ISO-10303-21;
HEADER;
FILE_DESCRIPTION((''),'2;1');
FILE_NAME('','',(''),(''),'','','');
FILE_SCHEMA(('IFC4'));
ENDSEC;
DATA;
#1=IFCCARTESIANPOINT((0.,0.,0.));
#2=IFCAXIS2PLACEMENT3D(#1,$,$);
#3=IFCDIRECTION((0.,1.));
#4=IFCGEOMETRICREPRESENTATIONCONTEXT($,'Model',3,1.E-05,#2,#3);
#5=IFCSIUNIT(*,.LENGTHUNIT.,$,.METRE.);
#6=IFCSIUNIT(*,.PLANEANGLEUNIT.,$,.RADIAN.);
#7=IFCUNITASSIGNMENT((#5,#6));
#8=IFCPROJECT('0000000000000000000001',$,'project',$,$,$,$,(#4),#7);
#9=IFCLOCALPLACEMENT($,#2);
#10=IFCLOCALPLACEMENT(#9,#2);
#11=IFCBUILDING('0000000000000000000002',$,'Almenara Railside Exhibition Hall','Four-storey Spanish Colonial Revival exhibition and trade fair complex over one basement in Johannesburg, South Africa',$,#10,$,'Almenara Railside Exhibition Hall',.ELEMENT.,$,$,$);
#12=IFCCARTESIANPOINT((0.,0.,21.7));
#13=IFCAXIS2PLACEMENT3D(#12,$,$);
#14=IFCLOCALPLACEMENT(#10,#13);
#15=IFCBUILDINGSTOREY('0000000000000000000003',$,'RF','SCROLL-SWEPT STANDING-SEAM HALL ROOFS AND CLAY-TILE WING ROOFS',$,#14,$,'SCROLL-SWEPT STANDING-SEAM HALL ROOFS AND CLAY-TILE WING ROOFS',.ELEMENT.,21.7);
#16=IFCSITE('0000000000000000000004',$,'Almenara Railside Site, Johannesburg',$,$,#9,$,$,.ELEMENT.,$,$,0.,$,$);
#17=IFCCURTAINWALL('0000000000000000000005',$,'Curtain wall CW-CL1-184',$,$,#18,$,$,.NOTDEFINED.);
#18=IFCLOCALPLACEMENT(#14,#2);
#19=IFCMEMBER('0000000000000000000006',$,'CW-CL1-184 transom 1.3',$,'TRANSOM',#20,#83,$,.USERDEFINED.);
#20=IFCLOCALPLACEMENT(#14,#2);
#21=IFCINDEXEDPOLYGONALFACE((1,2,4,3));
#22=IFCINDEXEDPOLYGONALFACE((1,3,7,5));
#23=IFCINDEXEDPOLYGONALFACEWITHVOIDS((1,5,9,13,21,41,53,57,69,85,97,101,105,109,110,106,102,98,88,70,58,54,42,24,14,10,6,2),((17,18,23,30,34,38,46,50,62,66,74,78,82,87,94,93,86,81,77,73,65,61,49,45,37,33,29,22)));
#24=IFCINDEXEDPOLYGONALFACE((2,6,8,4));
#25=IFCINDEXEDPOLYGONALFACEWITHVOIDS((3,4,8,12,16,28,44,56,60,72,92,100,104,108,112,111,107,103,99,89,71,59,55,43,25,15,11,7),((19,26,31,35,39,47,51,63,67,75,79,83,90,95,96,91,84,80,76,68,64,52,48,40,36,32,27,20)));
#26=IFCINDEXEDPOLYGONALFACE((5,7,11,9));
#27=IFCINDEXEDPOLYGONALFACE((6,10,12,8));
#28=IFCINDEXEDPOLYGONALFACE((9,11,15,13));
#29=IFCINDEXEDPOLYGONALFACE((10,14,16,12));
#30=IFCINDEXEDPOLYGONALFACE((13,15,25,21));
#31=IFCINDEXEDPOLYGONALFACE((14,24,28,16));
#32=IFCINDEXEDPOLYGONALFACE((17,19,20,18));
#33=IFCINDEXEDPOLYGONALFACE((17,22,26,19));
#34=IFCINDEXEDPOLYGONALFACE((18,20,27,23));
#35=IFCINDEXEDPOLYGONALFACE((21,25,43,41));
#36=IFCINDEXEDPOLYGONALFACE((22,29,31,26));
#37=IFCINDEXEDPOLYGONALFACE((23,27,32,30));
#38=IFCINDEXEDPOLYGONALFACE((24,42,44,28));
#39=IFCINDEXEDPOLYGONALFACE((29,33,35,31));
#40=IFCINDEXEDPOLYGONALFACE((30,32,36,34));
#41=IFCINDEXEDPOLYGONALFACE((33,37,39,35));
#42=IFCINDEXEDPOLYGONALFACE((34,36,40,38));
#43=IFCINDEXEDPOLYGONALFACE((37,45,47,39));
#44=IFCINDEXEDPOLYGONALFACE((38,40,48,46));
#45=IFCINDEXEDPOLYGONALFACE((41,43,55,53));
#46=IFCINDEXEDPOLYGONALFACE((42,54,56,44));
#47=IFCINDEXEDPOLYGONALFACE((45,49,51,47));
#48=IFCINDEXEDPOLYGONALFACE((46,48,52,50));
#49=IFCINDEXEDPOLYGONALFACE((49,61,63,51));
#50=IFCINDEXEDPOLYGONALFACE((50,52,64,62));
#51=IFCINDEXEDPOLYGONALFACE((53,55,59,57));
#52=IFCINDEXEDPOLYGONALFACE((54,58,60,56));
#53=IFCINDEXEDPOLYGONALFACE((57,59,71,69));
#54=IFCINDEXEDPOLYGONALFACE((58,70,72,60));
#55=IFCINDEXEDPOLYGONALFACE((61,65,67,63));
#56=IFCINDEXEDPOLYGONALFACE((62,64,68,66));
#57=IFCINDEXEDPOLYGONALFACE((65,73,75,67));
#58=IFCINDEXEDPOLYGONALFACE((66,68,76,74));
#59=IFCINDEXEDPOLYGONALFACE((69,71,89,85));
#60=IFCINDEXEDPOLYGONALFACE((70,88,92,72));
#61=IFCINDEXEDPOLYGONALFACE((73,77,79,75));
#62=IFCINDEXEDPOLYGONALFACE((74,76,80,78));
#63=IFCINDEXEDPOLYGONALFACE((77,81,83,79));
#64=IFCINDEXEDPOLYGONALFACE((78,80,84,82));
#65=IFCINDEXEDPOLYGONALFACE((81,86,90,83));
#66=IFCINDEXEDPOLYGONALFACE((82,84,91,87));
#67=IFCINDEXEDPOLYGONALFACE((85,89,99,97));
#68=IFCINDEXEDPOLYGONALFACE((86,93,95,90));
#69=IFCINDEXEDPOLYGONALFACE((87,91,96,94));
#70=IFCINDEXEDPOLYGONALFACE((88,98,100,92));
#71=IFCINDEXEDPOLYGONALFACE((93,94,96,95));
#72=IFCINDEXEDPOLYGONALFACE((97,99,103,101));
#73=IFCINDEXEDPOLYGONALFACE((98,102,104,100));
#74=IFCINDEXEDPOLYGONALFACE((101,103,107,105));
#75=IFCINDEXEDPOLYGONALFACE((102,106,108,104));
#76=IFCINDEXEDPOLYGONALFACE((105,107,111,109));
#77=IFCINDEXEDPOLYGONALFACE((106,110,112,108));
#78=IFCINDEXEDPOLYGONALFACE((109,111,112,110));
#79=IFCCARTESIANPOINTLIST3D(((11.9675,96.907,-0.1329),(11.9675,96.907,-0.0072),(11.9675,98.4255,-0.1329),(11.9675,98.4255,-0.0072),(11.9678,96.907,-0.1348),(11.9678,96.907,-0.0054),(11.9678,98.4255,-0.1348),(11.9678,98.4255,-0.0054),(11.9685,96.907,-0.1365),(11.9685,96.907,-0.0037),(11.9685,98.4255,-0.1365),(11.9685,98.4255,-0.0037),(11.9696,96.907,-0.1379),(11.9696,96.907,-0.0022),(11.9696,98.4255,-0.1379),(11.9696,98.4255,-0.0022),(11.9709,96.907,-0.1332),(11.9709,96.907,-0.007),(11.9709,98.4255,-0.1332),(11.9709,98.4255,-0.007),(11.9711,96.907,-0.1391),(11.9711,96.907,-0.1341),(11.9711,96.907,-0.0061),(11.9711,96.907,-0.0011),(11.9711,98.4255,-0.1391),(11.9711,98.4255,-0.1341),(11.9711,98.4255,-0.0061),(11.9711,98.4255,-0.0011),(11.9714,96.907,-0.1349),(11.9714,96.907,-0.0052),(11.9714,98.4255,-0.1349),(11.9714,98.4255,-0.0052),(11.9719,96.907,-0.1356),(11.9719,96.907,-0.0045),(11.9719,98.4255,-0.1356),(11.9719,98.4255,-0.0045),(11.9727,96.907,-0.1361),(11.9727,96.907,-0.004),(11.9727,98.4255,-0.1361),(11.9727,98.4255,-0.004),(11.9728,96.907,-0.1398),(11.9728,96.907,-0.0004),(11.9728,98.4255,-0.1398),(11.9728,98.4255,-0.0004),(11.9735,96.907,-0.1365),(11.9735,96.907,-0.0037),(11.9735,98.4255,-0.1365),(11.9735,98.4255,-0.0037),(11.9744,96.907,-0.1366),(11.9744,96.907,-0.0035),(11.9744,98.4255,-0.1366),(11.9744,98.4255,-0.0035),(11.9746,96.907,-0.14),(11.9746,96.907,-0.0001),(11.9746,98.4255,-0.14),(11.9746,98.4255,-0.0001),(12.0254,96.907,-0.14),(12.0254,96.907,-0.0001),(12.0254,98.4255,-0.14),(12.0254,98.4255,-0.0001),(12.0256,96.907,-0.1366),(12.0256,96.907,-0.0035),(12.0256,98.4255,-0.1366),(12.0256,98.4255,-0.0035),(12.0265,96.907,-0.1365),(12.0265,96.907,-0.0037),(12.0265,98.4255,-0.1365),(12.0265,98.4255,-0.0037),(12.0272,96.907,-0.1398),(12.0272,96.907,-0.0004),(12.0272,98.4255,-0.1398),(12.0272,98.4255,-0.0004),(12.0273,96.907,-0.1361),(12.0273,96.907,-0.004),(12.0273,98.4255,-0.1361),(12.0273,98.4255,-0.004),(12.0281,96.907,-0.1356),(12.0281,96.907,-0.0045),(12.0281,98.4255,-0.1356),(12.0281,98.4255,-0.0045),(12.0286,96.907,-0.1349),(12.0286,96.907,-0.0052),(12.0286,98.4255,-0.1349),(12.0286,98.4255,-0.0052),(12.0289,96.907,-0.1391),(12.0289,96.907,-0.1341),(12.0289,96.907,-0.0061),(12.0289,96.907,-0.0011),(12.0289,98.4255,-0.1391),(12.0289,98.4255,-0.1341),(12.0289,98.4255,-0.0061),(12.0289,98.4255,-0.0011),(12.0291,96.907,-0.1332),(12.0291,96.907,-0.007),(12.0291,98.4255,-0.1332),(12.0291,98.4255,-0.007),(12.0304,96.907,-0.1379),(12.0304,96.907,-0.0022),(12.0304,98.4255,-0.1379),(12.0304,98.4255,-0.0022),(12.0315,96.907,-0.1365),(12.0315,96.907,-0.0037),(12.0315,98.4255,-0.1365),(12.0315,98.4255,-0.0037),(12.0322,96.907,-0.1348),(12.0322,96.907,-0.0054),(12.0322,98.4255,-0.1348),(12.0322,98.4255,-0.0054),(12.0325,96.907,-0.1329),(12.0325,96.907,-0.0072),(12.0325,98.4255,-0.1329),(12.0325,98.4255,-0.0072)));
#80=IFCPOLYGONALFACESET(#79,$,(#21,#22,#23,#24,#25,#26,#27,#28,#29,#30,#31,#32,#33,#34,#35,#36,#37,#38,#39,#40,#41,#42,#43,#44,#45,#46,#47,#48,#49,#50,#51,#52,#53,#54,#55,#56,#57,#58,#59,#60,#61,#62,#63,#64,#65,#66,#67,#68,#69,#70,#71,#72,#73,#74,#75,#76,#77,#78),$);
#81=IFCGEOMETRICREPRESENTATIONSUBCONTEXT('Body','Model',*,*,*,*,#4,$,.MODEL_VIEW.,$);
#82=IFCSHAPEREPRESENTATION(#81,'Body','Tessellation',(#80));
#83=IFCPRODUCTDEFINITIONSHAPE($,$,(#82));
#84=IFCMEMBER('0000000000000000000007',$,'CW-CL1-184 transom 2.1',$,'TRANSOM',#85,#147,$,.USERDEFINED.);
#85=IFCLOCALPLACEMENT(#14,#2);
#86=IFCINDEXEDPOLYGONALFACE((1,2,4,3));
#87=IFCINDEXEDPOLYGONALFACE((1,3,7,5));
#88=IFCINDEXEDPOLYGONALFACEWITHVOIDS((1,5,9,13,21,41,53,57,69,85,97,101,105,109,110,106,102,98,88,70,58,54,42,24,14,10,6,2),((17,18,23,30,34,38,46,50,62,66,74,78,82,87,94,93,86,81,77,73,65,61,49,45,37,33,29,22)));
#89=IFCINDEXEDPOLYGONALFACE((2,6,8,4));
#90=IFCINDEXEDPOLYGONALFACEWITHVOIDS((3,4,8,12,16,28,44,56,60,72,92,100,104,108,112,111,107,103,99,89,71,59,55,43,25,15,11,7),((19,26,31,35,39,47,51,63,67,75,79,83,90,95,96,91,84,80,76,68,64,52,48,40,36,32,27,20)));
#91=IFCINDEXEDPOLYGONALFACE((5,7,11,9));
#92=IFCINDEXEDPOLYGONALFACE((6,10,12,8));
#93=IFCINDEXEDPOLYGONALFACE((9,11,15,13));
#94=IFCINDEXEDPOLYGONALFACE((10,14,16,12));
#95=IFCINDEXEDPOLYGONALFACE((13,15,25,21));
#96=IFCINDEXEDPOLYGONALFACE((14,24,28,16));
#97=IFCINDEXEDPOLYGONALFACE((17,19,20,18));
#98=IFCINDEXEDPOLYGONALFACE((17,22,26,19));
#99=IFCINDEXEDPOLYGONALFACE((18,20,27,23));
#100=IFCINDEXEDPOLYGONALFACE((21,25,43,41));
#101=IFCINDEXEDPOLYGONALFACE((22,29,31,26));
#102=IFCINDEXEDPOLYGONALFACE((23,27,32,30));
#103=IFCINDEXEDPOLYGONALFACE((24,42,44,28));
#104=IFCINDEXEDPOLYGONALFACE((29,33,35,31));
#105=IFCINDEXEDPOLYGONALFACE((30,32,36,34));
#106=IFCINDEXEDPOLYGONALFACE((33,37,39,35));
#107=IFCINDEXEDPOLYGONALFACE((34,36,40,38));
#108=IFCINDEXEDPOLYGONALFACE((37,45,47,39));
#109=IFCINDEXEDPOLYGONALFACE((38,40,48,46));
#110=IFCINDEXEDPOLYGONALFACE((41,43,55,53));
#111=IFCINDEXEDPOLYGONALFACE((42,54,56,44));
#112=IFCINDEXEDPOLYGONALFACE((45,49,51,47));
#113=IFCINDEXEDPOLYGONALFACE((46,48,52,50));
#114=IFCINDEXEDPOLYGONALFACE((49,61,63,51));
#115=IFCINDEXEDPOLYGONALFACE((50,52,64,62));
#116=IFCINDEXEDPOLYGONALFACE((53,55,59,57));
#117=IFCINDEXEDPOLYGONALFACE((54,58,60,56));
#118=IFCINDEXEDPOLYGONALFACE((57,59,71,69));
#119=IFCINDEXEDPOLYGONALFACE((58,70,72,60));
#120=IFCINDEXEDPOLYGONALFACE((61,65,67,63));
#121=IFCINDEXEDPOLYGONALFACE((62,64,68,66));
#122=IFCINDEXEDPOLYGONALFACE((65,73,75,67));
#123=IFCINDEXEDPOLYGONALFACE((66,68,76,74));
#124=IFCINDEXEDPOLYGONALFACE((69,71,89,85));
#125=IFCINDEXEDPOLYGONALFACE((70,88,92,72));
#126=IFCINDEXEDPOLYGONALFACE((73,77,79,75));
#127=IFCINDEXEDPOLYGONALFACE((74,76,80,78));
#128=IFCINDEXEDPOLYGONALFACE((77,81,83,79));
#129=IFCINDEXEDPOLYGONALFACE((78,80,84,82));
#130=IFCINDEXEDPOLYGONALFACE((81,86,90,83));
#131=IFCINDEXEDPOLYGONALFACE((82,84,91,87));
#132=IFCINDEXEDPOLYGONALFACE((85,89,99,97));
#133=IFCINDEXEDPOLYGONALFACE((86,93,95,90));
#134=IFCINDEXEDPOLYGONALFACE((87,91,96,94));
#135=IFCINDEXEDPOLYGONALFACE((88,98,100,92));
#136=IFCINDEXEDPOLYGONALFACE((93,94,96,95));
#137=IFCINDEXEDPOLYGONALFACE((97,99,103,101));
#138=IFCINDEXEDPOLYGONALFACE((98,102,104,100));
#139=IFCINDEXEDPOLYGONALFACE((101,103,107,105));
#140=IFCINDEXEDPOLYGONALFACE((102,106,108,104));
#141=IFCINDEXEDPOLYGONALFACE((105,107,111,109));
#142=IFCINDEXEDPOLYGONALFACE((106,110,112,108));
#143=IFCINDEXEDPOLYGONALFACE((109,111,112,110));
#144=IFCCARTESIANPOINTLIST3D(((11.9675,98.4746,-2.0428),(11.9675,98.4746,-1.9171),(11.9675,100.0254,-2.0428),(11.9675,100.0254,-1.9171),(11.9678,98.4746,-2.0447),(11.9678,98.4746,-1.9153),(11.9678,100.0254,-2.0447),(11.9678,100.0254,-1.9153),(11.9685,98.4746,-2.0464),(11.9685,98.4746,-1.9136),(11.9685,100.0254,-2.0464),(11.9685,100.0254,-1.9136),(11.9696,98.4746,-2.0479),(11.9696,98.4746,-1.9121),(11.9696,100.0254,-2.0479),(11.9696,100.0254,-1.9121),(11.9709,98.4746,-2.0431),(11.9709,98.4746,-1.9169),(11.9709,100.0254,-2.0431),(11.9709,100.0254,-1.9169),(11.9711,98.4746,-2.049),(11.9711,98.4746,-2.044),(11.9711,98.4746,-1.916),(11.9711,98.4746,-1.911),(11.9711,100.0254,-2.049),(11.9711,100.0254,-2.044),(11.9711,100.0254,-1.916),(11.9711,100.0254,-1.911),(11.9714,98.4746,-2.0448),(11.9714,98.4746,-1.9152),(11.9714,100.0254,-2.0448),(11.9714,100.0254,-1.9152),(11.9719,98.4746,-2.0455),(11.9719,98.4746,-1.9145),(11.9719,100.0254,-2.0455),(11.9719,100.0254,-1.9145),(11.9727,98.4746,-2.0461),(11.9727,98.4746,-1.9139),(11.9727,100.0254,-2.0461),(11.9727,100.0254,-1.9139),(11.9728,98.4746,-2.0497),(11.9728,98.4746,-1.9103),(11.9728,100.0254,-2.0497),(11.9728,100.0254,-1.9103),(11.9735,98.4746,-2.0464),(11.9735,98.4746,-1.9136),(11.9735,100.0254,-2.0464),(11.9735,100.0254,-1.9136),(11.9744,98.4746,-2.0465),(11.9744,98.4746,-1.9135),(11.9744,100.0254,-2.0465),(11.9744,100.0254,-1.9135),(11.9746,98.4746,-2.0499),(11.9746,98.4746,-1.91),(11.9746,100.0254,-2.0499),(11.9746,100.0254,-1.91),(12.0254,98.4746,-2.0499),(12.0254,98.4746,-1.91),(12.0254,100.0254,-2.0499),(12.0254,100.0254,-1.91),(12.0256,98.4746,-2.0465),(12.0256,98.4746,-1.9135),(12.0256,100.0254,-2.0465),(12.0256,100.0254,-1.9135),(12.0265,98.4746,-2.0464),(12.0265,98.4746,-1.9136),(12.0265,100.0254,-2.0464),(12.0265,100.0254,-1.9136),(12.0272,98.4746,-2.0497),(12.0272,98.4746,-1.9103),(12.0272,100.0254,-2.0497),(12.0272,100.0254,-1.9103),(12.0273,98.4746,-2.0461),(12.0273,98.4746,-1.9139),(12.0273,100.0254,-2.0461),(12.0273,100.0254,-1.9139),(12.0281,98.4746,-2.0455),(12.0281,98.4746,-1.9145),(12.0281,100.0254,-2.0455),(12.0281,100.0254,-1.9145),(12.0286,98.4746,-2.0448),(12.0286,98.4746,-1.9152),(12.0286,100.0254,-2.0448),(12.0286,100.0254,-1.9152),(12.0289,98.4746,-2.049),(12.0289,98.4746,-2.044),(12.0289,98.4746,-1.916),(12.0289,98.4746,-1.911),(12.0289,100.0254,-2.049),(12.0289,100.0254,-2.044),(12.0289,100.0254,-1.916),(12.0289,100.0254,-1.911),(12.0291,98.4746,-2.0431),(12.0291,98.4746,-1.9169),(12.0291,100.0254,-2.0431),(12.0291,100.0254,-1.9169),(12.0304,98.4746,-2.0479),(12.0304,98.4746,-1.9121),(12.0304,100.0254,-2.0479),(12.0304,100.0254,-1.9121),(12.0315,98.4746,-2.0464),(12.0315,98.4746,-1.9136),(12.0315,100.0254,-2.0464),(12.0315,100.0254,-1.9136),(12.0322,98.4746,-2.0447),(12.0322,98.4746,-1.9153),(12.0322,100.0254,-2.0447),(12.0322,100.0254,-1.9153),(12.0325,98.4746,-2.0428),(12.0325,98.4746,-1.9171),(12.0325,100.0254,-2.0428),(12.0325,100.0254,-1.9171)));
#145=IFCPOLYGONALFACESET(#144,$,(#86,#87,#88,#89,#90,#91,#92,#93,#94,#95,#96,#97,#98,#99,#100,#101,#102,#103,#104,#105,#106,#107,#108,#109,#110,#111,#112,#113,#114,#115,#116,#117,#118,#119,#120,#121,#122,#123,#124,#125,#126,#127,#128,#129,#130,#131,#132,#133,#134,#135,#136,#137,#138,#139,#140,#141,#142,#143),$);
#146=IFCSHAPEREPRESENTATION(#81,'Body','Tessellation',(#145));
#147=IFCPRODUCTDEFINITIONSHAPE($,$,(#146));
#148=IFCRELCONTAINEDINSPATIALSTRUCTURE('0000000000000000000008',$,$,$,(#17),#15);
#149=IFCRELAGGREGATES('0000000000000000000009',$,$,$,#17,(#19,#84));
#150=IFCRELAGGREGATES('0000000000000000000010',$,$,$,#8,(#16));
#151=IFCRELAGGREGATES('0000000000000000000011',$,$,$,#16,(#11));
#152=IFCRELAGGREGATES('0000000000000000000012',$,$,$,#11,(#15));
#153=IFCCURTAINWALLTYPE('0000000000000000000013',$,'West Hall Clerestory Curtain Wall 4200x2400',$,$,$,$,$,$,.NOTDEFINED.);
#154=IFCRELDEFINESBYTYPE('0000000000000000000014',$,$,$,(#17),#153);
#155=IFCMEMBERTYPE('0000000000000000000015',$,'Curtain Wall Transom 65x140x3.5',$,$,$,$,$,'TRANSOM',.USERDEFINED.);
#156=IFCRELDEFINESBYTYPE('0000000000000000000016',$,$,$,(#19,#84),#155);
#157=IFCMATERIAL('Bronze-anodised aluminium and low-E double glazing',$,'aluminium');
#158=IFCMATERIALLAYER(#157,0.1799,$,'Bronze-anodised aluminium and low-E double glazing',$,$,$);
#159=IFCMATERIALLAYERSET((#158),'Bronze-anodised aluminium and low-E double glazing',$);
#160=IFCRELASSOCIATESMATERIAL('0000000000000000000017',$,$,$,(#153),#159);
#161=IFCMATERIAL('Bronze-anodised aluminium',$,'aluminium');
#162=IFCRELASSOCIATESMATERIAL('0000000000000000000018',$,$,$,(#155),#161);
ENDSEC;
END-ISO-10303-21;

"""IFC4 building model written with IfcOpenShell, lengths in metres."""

from ifc_helpers import new_model, si_unit, direction, frame, origin, origin_2d, place, context, subcontext, project, spatial, hollow_rectangle, extrude, material, layer, layer_set, material_profile, profile_set, type_object, element, aggregate, save


model = new_model("IFC4")

# Units and contexts
model_context = context("Model", 3, precision=1e-05, world=origin(), true_north=direction((0.0, 1.0)))
body_context = subcontext(model_context, "Body", "Model", "MODEL_VIEW")
ifc_project = project(units=[si_unit("LENGTHUNIT", "METRE"), si_unit("PLANEANGLEUNIT", "RADIAN")], contexts=[model_context])

# Site, building, storey
site_placement = place(None, origin())
site = spatial("IfcSite", under=ifc_project, at=site_placement, Name="Almenara Railside Site, Johannesburg", CompositionType="ELEMENT", RefElevation=0.0)
building_placement = place(site_placement, origin())
building = spatial("IfcBuilding", under=site, at=building_placement, Name="Almenara Railside Exhibition Hall", Description="Four-storey Spanish Colonial Revival exhibition and trade fair complex over one basement in Johannesburg, South Africa", LongName="Almenara Railside Exhibition Hall", CompositionType="ELEMENT")
storey_placement = place(building_placement, frame((0.0, 0.0, 21.7)))
storey = spatial("IfcBuildingStorey", under=building, at=storey_placement, Name="RF", Description="SCROLL-SWEPT STANDING-SEAM HALL ROOFS AND CLAY-TILE WING ROOFS", LongName="SCROLL-SWEPT STANDING-SEAM HALL ROOFS AND CLAY-TILE WING ROOFS", CompositionType="ELEMENT", Elevation=21.7)

# Shared definitions
ifc_material_1 = material(Name="Bronze-anodised aluminium and low-E double glazing", Category="aluminium")
ifc_layer_1 = layer(ifc_material_1, 0.1799, Name="Bronze-anodised aluminium and low-E double glazing")
ifc_layer_set_1 = layer_set([ifc_layer_1], Name="Bronze-anodised aluminium and low-E double glazing")
curtain_wall_type = type_object("IfcCurtainWallType", Name="West Hall Clerestory Curtain Wall 4200x2400", PredefinedType="NOTDEFINED", material=ifc_layer_set_1)
ifc_material_2 = material(Name="Bronze-anodised aluminium", Category="aluminium")

# Curtain wall, members
curtain_wall_1_placement = place(storey_placement, origin())
curtain_wall_1 = element("IfcCurtainWall", 1, at=curtain_wall_1_placement, inside=storey, type_object=curtain_wall_type, Name="Curtain wall CW-CL1-184", PredefinedType="NOTDEFINED")
ifc_material_profile_1 = material_profile(ifc_material_2, hollow_rectangle(XDim=0.0649, YDim=0.1399, WallThickness=0.0034, InnerFilletRadius=0.0034, OuterFilletRadius=0.0071, at=origin_2d()), Name="ALU-TRN 65x140x3.5")
ifc_profile_set_1 = profile_set([ifc_material_profile_1], Name="Bronze-anodised aluminium")
member_type_1 = type_object("IfcMemberType", Name="Curtain Wall Transom 65x140x3.5", ElementType="TRANSOM", PredefinedType="USERDEFINED", material=ifc_profile_set_1)
member_1_placement = place(storey_placement, frame((12.0, 96.907, -0.0701), z_axis=(0.0, 1.0, 0.0), x_axis=(-1.0, 0.0, 0.0)))
member_1 = element("IfcMember", 2, at=member_1_placement, type_object=member_type_1, Name="CW-CL1-184 transom 1.3", ObjectType="TRANSOM", PredefinedType="USERDEFINED", context=body_context, shape_type="SweptSolid", body=[
    extrude(hollow_rectangle(XDim=0.0649, YDim=0.1399, WallThickness=0.0034, InnerFilletRadius=0.0034, OuterFilletRadius=0.0071, at=origin_2d()), origin(), (0.0, 0.0, 1.0), 1.5186),
])
member_2_placement = place(storey_placement, frame((12.0, 98.4746, -1.98), z_axis=(0.0, 1.0, 0.0), x_axis=(-1.0, 0.0, 0.0)))
member_2 = element("IfcMember", 3, at=member_2_placement, type_object=member_type_1, Name="CW-CL1-184 transom 2.1", ObjectType="TRANSOM", PredefinedType="USERDEFINED", context=body_context, shape_type="SweptSolid", body=[
    extrude(hollow_rectangle(XDim=0.0649, YDim=0.1399, WallThickness=0.0034, InnerFilletRadius=0.0034, OuterFilletRadius=0.0071, at=origin_2d()), origin(), (0.0, 0.0, 1.0), 1.5508),
])

aggregate(curtain_wall_1, [member_1, member_2])

save(model, "model.ifc")
